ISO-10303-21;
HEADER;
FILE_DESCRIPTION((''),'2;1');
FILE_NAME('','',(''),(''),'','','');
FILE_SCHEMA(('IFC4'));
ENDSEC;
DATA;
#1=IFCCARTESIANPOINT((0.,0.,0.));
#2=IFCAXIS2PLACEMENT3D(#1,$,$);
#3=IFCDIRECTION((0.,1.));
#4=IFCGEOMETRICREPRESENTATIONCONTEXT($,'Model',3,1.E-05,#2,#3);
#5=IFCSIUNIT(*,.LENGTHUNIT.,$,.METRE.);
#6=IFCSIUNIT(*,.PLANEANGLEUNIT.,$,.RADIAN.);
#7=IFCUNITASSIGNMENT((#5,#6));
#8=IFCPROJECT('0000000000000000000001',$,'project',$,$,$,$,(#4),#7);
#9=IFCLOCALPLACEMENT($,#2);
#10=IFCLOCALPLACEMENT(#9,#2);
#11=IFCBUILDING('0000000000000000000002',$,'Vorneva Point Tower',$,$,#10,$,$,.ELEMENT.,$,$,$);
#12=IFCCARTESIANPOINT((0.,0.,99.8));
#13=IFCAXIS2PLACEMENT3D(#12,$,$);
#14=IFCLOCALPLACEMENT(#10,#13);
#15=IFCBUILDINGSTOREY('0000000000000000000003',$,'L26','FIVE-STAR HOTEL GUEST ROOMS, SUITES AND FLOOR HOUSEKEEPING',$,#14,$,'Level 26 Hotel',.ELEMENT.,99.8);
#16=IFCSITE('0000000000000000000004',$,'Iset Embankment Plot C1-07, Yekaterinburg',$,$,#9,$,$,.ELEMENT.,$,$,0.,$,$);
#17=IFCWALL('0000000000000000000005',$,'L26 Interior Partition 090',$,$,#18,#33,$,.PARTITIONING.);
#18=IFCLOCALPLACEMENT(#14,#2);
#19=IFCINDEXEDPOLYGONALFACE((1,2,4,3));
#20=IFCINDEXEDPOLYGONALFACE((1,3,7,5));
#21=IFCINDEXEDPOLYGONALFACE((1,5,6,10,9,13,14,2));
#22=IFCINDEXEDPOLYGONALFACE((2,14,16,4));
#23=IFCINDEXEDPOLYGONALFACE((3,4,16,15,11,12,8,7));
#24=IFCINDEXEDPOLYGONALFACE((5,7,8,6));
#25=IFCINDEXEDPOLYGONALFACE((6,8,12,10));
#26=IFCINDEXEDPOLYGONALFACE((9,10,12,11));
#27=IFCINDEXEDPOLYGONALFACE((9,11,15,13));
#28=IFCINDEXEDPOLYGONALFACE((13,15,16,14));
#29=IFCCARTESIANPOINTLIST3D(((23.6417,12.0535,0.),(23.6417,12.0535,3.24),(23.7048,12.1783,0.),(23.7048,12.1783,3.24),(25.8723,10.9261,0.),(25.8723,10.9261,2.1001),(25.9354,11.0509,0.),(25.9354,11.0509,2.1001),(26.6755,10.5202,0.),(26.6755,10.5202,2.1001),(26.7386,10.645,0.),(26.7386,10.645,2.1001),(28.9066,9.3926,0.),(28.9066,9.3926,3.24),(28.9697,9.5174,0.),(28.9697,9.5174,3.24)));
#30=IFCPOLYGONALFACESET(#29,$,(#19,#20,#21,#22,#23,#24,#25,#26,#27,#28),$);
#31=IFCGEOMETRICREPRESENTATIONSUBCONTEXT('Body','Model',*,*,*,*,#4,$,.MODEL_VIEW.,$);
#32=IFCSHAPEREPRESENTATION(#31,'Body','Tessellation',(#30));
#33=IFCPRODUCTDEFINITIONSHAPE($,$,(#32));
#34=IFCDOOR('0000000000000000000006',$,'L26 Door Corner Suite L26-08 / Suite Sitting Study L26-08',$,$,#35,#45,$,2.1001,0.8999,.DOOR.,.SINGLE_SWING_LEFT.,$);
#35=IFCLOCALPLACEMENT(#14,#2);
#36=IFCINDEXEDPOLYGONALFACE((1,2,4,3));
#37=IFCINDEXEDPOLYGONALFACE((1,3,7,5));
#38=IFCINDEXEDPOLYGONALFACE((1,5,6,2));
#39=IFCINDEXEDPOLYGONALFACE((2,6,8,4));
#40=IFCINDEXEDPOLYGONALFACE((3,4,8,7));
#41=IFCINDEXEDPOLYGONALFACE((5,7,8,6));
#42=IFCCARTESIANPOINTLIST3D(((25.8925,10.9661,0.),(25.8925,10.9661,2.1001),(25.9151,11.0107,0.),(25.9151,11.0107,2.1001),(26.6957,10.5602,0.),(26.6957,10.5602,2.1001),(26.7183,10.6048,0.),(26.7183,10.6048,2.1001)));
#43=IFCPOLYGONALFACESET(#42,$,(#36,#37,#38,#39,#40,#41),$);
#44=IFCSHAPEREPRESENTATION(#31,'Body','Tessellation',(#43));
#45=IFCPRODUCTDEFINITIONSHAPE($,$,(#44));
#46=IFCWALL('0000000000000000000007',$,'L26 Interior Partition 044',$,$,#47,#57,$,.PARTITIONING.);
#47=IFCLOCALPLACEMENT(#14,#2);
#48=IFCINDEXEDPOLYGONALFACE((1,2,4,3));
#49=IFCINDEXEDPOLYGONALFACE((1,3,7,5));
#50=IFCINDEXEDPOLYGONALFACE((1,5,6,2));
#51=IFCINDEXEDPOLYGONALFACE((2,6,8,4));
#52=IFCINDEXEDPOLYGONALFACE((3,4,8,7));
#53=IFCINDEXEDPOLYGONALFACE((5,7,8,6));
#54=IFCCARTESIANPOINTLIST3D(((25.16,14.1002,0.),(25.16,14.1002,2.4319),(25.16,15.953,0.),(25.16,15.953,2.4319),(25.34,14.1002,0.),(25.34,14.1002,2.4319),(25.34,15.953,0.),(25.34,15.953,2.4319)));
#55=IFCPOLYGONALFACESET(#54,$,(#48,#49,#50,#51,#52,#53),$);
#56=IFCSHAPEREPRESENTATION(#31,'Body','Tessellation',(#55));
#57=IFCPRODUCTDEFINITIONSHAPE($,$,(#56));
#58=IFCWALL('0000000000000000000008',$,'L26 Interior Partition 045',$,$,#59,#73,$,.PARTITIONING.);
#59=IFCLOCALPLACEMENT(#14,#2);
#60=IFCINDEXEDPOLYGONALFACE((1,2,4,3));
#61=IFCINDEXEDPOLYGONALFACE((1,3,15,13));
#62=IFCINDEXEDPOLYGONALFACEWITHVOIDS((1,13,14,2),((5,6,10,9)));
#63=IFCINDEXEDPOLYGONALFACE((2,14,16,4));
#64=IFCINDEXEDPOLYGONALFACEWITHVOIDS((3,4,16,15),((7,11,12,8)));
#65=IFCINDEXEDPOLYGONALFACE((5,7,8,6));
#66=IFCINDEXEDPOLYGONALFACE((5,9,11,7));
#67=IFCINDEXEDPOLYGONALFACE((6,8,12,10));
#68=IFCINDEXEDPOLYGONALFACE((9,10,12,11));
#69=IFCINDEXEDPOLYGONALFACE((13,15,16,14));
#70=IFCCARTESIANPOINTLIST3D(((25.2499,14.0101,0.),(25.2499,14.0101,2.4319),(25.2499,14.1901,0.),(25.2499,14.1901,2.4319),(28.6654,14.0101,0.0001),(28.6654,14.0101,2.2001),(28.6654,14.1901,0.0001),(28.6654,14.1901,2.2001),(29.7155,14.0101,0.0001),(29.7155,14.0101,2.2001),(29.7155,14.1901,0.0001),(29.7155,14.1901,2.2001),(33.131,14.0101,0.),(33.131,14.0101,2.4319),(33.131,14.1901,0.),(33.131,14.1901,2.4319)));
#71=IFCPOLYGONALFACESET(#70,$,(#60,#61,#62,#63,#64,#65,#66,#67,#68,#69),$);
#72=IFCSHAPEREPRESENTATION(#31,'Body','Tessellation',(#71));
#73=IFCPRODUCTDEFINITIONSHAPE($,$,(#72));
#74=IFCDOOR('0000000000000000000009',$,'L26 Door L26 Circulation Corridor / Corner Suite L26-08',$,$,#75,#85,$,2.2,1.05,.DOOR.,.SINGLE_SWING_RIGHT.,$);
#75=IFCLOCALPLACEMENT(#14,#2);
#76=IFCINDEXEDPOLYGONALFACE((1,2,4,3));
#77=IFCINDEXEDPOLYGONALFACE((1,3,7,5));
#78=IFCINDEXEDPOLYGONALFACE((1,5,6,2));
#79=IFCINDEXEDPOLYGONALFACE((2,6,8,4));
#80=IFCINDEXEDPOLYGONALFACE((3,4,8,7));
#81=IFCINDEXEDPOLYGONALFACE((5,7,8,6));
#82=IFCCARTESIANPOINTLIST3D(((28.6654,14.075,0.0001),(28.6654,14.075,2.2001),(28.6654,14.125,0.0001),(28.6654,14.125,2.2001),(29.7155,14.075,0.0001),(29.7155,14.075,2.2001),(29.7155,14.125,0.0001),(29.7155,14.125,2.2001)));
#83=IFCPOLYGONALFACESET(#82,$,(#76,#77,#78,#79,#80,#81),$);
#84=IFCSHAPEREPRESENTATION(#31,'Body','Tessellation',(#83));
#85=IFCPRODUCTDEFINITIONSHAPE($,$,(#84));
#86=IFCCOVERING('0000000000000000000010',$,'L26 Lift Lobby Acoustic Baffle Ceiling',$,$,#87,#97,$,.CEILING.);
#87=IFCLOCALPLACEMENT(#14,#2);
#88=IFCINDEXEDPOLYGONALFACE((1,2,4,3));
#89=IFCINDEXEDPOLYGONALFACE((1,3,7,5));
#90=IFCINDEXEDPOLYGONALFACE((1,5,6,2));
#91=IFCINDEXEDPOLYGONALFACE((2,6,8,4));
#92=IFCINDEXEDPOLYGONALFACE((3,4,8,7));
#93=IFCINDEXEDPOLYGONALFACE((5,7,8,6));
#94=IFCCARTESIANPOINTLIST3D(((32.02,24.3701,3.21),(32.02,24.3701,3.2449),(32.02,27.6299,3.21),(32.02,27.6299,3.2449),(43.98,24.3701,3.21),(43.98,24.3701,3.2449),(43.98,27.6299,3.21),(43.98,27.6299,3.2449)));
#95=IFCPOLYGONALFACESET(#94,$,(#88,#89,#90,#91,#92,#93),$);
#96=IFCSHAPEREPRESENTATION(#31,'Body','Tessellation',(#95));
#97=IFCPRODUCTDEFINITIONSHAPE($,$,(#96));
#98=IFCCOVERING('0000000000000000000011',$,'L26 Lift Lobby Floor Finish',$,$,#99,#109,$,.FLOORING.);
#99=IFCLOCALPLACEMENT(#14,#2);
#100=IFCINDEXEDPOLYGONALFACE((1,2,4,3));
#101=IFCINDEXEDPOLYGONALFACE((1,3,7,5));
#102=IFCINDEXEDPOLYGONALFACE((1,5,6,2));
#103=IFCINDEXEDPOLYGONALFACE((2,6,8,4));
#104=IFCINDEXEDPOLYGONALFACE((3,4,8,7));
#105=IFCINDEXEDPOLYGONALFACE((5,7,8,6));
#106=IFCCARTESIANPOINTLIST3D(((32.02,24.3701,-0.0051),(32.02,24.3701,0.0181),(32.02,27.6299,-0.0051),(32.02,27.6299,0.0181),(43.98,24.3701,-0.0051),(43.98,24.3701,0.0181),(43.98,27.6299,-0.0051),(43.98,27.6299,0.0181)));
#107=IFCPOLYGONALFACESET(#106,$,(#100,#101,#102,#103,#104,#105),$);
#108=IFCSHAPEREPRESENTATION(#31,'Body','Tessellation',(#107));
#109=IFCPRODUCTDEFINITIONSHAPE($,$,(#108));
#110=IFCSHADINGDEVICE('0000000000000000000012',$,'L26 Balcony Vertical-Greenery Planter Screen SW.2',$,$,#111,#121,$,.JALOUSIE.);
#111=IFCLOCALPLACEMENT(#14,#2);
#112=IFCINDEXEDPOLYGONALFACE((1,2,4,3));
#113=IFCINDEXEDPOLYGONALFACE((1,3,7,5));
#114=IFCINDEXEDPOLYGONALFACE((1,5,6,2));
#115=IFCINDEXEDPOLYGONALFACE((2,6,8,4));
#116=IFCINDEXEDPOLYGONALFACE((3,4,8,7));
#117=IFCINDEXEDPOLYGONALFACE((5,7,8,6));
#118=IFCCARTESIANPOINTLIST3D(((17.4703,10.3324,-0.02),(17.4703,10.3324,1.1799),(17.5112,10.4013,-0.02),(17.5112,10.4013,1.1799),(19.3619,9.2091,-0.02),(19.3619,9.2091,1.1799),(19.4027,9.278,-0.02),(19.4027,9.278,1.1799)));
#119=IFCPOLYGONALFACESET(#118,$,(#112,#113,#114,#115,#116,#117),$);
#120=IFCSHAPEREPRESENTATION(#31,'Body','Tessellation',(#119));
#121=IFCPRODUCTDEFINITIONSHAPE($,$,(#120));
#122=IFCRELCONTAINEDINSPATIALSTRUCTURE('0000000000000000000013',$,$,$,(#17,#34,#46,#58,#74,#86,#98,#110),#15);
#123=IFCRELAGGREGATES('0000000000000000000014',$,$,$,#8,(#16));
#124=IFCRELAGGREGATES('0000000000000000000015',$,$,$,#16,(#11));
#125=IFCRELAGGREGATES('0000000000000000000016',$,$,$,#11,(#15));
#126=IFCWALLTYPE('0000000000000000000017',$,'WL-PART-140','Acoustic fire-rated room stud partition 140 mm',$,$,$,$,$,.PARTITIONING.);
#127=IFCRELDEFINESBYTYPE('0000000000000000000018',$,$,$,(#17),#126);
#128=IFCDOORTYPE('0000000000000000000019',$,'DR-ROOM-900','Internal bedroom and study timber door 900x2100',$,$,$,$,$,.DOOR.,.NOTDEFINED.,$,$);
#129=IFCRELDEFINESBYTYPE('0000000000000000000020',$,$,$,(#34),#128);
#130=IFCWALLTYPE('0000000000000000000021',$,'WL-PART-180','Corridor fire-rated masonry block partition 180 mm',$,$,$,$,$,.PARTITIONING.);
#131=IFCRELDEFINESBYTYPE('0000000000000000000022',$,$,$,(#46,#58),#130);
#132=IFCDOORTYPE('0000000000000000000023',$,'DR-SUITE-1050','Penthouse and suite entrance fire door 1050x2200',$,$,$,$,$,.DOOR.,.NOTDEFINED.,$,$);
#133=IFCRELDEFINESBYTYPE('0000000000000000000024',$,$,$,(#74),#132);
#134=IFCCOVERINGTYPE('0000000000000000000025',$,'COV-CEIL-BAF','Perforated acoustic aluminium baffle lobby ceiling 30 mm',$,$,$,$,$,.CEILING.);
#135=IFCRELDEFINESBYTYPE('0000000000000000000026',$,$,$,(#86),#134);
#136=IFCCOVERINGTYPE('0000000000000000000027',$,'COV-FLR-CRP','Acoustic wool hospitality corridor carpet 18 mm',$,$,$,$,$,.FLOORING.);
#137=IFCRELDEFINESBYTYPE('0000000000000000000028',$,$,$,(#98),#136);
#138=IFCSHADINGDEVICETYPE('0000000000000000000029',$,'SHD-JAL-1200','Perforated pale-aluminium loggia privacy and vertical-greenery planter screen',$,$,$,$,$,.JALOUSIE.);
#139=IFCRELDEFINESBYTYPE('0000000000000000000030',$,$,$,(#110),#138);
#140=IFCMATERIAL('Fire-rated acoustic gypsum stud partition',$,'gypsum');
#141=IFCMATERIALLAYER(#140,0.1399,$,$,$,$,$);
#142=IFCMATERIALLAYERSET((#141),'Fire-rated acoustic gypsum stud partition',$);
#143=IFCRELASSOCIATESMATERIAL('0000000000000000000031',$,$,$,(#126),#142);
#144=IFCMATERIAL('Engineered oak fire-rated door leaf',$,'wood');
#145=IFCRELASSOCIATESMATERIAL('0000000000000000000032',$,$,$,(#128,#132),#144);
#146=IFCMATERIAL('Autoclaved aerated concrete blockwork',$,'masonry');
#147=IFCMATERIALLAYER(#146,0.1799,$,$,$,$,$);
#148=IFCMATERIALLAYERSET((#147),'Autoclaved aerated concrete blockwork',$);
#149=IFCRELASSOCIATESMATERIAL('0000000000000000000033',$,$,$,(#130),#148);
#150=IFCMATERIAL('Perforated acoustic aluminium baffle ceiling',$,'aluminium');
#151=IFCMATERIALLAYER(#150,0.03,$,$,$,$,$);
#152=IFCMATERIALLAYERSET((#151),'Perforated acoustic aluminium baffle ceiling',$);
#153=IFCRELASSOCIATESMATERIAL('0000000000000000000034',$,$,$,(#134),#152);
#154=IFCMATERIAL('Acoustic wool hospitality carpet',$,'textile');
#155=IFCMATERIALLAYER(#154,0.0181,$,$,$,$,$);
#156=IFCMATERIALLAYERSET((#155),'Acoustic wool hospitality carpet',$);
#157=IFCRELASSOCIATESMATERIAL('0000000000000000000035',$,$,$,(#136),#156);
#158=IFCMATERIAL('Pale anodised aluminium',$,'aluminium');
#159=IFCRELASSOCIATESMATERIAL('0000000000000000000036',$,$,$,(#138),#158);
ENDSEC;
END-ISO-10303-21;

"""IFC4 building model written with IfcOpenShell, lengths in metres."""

from ifc_helpers import new_model, si_unit, direction, frame, frame_2d, origin, origin_2d, place, context, subcontext, project, spatial, polyline, rectangle, outline, extrude, material, layer, layer_set, type_object, element, fill, save


model = new_model("IFC4")

# Units and contexts
model_context = context("Model", 3, precision=1e-05, world=origin(), true_north=direction((0.0, 1.0)))
body_context = subcontext(model_context, "Body", "Model", "MODEL_VIEW")
ifc_project = project(units=[si_unit("LENGTHUNIT", "METRE"), si_unit("PLANEANGLEUNIT", "RADIAN")], contexts=[model_context])

# Site, building, storey
site_placement = place(None, origin())
site = spatial("IfcSite", under=ifc_project, at=site_placement, Name="Iset Embankment Plot C1-07, Yekaterinburg", CompositionType="ELEMENT", RefElevation=0.0)
building_placement = place(site_placement, origin())
building = spatial("IfcBuilding", under=site, at=building_placement, Name="Vorneva Point Tower", CompositionType="ELEMENT")
storey_placement = place(building_placement, frame((0.0, 0.0, 99.8)))
storey = spatial("IfcBuildingStorey", under=building, at=storey_placement, Name="L26", Description="FIVE-STAR HOTEL GUEST ROOMS, SUITES AND FLOOR HOUSEKEEPING", LongName="Level 26 Hotel", CompositionType="ELEMENT", Elevation=99.8)

# Shared definitions
ifc_material_1 = material(Name="Pale anodised aluminium", Category="aluminium")

# Shared definitions
ifc_material_2 = material(Name="Fire-rated acoustic gypsum stud partition", Category="gypsum")
ifc_layer_1 = layer(ifc_material_2, 0.1399)
ifc_layer_set_1 = layer_set([ifc_layer_1], Name="Fire-rated acoustic gypsum stud partition")
wall_type_1 = type_object("IfcWallType", Name="WL-PART-140", Description="Acoustic fire-rated room stud partition 140 mm", PredefinedType="PARTITIONING", material=ifc_layer_set_1)

# Wall, opening, door
wall_1_placement = place(storey_placement, frame((23.6731, 12.116, 0.0), z_axis=(0.0, 0.0, 1.0), x_axis=(0.89249, -0.451067, 0.0)))
wall_1 = element("IfcWall", 1, at=wall_1_placement, inside=storey, type_object=wall_type_1, Name="L26 Interior Partition 090", PredefinedType="PARTITIONING", context=body_context, shape_type="SweptSolid", body=[
    extrude(rectangle(XDim=5.8992, YDim=0.1399, at=frame_2d((2.9497, 0.0))), origin(), (0.0, 0.0, 1.0), 3.24),
])
opening_1_placement = place(wall_1_placement, frame((2.4995, 0.0, 0.0)))
opening_1 = element("IfcOpeningElement", 2, at=opening_1_placement, cuts=wall_1, PredefinedType="OPENING", context=body_context, shape_type="SweptSolid", body=[
    extrude(rectangle(XDim=0.8999, YDim=2.1001, at=frame_2d((0.45, 1.05))), frame((0.0, 0.085, 0.0), z_axis=(0.0, -1.0, 0.0), x_axis=(1.0, 0.0, 0.0)), (0.0, 0.0, 1.0), 0.1697),
])
ifc_material_3 = material(Name="Engineered oak fire-rated door leaf", Category="wood")
door_type_1 = type_object("IfcDoorType", Name="DR-ROOM-900", Description="Internal bedroom and study timber door 900x2100", OperationType="NOTDEFINED", PredefinedType="DOOR", material=ifc_material_3)
door_1_placement = place(opening_1_placement, origin())
door_1 = element("IfcDoor", 3, at=door_1_placement, inside=storey, type_object=door_type_1, Name="L26 Door Corner Suite L26-08 / Suite Sitting Study L26-08", OperationType="SINGLE_SWING_LEFT", OverallHeight=2.1001, OverallWidth=0.8999, PredefinedType="DOOR", context=body_context, shape_type="SweptSolid", body=[
    extrude(rectangle(XDim=0.8999, YDim=2.1001, at=frame_2d((0.45, 1.05))), frame((0.0, 0.0249, 0.0), z_axis=(0.0, -1.0, 0.0), x_axis=(1.0, 0.0, 0.0)), (0.0, 0.0, 1.0), 0.05),
])
fill(opening_1, door_1)

# Wall
ifc_material_4 = material(Name="Autoclaved aerated concrete blockwork", Category="masonry")
ifc_layer_2 = layer(ifc_material_4, 0.1799)
ifc_layer_set_2 = layer_set([ifc_layer_2], Name="Autoclaved aerated concrete blockwork")
wall_type_2 = type_object("IfcWallType", Name="WL-PART-180", Description="Corridor fire-rated masonry block partition 180 mm", PredefinedType="PARTITIONING", material=ifc_layer_set_2)
wall_2_placement = place(storey_placement, frame((25.25, 15.9529, 0.0), z_axis=(0.0, 0.0, 1.0), x_axis=(0.0, -1.0, 0.0)))
element("IfcWall", 4, at=wall_2_placement, inside=storey, type_object=wall_type_2, Name="L26 Interior Partition 044", PredefinedType="PARTITIONING", context=body_context, shape_type="SweptSolid", body=[
    extrude(rectangle(XDim=1.8528, YDim=0.1799, at=frame_2d((0.9263, 0.0))), origin(), (0.0, 0.0, 1.0), 2.4319),
])

# Wall, opening, door
wall_3_placement = place(storey_placement, frame((25.25, 14.1001, 0.0), z_axis=(0.0, 0.0, 1.0), x_axis=(1.0, 0.0, 0.0)))
wall_3 = element("IfcWall", 5, at=wall_3_placement, inside=storey, type_object=wall_type_2, Name="L26 Interior Partition 045", PredefinedType="PARTITIONING", context=body_context, shape_type="SweptSolid", body=[
    extrude(rectangle(XDim=7.8811, YDim=0.1799, at=frame_2d((3.9404, 0.0))), origin(), (0.0, 0.0, 1.0), 2.4319),
])
opening_2_placement = place(wall_3_placement, frame((3.4155, 0.0, 0.0)))
opening_2 = element("IfcOpeningElement", 6, at=opening_2_placement, cuts=wall_3, PredefinedType="OPENING", context=body_context, shape_type="SweptSolid", body=[
    extrude(rectangle(XDim=1.05, YDim=2.2, at=frame_2d((0.5249, 1.1001))), frame((0.0, 0.105, 0.0), z_axis=(0.0, -1.0, 0.0), x_axis=(1.0, 0.0, 0.0)), (0.0, 0.0, 1.0), 0.2097),
])
door_type_2 = type_object("IfcDoorType", Name="DR-SUITE-1050", Description="Penthouse and suite entrance fire door 1050x2200", OperationType="NOTDEFINED", PredefinedType="DOOR", material=ifc_material_3)
door_2_placement = place(opening_2_placement, origin())
door_2 = element("IfcDoor", 7, at=door_2_placement, inside=storey, type_object=door_type_2, Name="L26 Door L26 Circulation Corridor / Corner Suite L26-08", OperationType="SINGLE_SWING_RIGHT", OverallHeight=2.2, OverallWidth=1.05, PredefinedType="DOOR", context=body_context, shape_type="SweptSolid", body=[
    extrude(rectangle(XDim=1.05, YDim=2.2, at=frame_2d((0.5249, 1.1001))), frame((0.0, 0.0249, 0.0), z_axis=(0.0, -1.0, 0.0), x_axis=(1.0, 0.0, 0.0)), (0.0, 0.0, 1.0), 0.05),
])
fill(opening_2, door_2)

# Coverings
ifc_material_5 = material(Name="Perforated acoustic aluminium baffle ceiling", Category="aluminium")
ifc_layer_3 = layer(ifc_material_5, 0.03)
ifc_layer_set_3 = layer_set([ifc_layer_3], Name="Perforated acoustic aluminium baffle ceiling")
covering_type_1 = type_object("IfcCoveringType", Name="COV-CEIL-BAF", Description="Perforated acoustic aluminium baffle lobby ceiling 30 mm", PredefinedType="CEILING", material=ifc_layer_set_3)
covering_1_placement = place(storey_placement, frame((0.0, 0.0, 3.21)))
element("IfcCovering", 8, at=covering_1_placement, inside=storey, type_object=covering_type_1, Name="L26 Lift Lobby Acoustic Baffle Ceiling", PredefinedType="CEILING", context=body_context, shape_type="SweptSolid", body=[
    extrude(outline(polyline([(32.02, 24.3701), (43.98, 24.3701), (43.98, 27.6299), (32.02, 27.6299), (32.02, 24.3701)])), origin(), (0.0, 0.0, 1.0), 0.0349),
])
ifc_material_6 = material(Name="Acoustic wool hospitality carpet", Category="textile")
ifc_layer_4 = layer(ifc_material_6, 0.0181)
ifc_layer_set_4 = layer_set([ifc_layer_4], Name="Acoustic wool hospitality carpet")
covering_type_2 = type_object("IfcCoveringType", Name="COV-FLR-CRP", Description="Acoustic wool hospitality corridor carpet 18 mm", PredefinedType="FLOORING", material=ifc_layer_set_4)
covering_2_placement = place(storey_placement, frame((0.0, 0.0, -0.0051)))
element("IfcCovering", 9, at=covering_2_placement, inside=storey, type_object=covering_type_2, Name="L26 Lift Lobby Floor Finish", PredefinedType="FLOORING", context=body_context, shape_type="SweptSolid", body=[
    extrude(outline(polyline([(32.02, 24.3701), (43.98, 24.3701), (43.98, 27.6299), (32.02, 27.6299), (32.02, 24.3701)])), origin(), (0.0, 0.0, 1.0), 0.0232),
])

# Shading device
shading_device_type = type_object("IfcShadingDeviceType", Name="SHD-JAL-1200", Description="Perforated pale-aluminium loggia privacy and vertical-greenery planter screen", PredefinedType="JALOUSIE", material=ifc_material_1)
shading_device_placement = place(storey_placement, frame((18.4365, 9.8052, -0.02), z_axis=(0.0, 0.0, 1.0), x_axis=(0.859817, -0.510603, 0.0)))
element("IfcShadingDevice", 10, at=shading_device_placement, inside=storey, type_object=shading_device_type, Name="L26 Balcony Vertical-Greenery Planter Screen SW.2", PredefinedType="JALOUSIE", context=body_context, shape_type="SweptSolid", body=[
    extrude(rectangle(XDim=2.2, YDim=0.0801, at=origin_2d()), origin(), (0.0, 0.0, 1.0), 1.2),
])

save(model, "model.ifc")
